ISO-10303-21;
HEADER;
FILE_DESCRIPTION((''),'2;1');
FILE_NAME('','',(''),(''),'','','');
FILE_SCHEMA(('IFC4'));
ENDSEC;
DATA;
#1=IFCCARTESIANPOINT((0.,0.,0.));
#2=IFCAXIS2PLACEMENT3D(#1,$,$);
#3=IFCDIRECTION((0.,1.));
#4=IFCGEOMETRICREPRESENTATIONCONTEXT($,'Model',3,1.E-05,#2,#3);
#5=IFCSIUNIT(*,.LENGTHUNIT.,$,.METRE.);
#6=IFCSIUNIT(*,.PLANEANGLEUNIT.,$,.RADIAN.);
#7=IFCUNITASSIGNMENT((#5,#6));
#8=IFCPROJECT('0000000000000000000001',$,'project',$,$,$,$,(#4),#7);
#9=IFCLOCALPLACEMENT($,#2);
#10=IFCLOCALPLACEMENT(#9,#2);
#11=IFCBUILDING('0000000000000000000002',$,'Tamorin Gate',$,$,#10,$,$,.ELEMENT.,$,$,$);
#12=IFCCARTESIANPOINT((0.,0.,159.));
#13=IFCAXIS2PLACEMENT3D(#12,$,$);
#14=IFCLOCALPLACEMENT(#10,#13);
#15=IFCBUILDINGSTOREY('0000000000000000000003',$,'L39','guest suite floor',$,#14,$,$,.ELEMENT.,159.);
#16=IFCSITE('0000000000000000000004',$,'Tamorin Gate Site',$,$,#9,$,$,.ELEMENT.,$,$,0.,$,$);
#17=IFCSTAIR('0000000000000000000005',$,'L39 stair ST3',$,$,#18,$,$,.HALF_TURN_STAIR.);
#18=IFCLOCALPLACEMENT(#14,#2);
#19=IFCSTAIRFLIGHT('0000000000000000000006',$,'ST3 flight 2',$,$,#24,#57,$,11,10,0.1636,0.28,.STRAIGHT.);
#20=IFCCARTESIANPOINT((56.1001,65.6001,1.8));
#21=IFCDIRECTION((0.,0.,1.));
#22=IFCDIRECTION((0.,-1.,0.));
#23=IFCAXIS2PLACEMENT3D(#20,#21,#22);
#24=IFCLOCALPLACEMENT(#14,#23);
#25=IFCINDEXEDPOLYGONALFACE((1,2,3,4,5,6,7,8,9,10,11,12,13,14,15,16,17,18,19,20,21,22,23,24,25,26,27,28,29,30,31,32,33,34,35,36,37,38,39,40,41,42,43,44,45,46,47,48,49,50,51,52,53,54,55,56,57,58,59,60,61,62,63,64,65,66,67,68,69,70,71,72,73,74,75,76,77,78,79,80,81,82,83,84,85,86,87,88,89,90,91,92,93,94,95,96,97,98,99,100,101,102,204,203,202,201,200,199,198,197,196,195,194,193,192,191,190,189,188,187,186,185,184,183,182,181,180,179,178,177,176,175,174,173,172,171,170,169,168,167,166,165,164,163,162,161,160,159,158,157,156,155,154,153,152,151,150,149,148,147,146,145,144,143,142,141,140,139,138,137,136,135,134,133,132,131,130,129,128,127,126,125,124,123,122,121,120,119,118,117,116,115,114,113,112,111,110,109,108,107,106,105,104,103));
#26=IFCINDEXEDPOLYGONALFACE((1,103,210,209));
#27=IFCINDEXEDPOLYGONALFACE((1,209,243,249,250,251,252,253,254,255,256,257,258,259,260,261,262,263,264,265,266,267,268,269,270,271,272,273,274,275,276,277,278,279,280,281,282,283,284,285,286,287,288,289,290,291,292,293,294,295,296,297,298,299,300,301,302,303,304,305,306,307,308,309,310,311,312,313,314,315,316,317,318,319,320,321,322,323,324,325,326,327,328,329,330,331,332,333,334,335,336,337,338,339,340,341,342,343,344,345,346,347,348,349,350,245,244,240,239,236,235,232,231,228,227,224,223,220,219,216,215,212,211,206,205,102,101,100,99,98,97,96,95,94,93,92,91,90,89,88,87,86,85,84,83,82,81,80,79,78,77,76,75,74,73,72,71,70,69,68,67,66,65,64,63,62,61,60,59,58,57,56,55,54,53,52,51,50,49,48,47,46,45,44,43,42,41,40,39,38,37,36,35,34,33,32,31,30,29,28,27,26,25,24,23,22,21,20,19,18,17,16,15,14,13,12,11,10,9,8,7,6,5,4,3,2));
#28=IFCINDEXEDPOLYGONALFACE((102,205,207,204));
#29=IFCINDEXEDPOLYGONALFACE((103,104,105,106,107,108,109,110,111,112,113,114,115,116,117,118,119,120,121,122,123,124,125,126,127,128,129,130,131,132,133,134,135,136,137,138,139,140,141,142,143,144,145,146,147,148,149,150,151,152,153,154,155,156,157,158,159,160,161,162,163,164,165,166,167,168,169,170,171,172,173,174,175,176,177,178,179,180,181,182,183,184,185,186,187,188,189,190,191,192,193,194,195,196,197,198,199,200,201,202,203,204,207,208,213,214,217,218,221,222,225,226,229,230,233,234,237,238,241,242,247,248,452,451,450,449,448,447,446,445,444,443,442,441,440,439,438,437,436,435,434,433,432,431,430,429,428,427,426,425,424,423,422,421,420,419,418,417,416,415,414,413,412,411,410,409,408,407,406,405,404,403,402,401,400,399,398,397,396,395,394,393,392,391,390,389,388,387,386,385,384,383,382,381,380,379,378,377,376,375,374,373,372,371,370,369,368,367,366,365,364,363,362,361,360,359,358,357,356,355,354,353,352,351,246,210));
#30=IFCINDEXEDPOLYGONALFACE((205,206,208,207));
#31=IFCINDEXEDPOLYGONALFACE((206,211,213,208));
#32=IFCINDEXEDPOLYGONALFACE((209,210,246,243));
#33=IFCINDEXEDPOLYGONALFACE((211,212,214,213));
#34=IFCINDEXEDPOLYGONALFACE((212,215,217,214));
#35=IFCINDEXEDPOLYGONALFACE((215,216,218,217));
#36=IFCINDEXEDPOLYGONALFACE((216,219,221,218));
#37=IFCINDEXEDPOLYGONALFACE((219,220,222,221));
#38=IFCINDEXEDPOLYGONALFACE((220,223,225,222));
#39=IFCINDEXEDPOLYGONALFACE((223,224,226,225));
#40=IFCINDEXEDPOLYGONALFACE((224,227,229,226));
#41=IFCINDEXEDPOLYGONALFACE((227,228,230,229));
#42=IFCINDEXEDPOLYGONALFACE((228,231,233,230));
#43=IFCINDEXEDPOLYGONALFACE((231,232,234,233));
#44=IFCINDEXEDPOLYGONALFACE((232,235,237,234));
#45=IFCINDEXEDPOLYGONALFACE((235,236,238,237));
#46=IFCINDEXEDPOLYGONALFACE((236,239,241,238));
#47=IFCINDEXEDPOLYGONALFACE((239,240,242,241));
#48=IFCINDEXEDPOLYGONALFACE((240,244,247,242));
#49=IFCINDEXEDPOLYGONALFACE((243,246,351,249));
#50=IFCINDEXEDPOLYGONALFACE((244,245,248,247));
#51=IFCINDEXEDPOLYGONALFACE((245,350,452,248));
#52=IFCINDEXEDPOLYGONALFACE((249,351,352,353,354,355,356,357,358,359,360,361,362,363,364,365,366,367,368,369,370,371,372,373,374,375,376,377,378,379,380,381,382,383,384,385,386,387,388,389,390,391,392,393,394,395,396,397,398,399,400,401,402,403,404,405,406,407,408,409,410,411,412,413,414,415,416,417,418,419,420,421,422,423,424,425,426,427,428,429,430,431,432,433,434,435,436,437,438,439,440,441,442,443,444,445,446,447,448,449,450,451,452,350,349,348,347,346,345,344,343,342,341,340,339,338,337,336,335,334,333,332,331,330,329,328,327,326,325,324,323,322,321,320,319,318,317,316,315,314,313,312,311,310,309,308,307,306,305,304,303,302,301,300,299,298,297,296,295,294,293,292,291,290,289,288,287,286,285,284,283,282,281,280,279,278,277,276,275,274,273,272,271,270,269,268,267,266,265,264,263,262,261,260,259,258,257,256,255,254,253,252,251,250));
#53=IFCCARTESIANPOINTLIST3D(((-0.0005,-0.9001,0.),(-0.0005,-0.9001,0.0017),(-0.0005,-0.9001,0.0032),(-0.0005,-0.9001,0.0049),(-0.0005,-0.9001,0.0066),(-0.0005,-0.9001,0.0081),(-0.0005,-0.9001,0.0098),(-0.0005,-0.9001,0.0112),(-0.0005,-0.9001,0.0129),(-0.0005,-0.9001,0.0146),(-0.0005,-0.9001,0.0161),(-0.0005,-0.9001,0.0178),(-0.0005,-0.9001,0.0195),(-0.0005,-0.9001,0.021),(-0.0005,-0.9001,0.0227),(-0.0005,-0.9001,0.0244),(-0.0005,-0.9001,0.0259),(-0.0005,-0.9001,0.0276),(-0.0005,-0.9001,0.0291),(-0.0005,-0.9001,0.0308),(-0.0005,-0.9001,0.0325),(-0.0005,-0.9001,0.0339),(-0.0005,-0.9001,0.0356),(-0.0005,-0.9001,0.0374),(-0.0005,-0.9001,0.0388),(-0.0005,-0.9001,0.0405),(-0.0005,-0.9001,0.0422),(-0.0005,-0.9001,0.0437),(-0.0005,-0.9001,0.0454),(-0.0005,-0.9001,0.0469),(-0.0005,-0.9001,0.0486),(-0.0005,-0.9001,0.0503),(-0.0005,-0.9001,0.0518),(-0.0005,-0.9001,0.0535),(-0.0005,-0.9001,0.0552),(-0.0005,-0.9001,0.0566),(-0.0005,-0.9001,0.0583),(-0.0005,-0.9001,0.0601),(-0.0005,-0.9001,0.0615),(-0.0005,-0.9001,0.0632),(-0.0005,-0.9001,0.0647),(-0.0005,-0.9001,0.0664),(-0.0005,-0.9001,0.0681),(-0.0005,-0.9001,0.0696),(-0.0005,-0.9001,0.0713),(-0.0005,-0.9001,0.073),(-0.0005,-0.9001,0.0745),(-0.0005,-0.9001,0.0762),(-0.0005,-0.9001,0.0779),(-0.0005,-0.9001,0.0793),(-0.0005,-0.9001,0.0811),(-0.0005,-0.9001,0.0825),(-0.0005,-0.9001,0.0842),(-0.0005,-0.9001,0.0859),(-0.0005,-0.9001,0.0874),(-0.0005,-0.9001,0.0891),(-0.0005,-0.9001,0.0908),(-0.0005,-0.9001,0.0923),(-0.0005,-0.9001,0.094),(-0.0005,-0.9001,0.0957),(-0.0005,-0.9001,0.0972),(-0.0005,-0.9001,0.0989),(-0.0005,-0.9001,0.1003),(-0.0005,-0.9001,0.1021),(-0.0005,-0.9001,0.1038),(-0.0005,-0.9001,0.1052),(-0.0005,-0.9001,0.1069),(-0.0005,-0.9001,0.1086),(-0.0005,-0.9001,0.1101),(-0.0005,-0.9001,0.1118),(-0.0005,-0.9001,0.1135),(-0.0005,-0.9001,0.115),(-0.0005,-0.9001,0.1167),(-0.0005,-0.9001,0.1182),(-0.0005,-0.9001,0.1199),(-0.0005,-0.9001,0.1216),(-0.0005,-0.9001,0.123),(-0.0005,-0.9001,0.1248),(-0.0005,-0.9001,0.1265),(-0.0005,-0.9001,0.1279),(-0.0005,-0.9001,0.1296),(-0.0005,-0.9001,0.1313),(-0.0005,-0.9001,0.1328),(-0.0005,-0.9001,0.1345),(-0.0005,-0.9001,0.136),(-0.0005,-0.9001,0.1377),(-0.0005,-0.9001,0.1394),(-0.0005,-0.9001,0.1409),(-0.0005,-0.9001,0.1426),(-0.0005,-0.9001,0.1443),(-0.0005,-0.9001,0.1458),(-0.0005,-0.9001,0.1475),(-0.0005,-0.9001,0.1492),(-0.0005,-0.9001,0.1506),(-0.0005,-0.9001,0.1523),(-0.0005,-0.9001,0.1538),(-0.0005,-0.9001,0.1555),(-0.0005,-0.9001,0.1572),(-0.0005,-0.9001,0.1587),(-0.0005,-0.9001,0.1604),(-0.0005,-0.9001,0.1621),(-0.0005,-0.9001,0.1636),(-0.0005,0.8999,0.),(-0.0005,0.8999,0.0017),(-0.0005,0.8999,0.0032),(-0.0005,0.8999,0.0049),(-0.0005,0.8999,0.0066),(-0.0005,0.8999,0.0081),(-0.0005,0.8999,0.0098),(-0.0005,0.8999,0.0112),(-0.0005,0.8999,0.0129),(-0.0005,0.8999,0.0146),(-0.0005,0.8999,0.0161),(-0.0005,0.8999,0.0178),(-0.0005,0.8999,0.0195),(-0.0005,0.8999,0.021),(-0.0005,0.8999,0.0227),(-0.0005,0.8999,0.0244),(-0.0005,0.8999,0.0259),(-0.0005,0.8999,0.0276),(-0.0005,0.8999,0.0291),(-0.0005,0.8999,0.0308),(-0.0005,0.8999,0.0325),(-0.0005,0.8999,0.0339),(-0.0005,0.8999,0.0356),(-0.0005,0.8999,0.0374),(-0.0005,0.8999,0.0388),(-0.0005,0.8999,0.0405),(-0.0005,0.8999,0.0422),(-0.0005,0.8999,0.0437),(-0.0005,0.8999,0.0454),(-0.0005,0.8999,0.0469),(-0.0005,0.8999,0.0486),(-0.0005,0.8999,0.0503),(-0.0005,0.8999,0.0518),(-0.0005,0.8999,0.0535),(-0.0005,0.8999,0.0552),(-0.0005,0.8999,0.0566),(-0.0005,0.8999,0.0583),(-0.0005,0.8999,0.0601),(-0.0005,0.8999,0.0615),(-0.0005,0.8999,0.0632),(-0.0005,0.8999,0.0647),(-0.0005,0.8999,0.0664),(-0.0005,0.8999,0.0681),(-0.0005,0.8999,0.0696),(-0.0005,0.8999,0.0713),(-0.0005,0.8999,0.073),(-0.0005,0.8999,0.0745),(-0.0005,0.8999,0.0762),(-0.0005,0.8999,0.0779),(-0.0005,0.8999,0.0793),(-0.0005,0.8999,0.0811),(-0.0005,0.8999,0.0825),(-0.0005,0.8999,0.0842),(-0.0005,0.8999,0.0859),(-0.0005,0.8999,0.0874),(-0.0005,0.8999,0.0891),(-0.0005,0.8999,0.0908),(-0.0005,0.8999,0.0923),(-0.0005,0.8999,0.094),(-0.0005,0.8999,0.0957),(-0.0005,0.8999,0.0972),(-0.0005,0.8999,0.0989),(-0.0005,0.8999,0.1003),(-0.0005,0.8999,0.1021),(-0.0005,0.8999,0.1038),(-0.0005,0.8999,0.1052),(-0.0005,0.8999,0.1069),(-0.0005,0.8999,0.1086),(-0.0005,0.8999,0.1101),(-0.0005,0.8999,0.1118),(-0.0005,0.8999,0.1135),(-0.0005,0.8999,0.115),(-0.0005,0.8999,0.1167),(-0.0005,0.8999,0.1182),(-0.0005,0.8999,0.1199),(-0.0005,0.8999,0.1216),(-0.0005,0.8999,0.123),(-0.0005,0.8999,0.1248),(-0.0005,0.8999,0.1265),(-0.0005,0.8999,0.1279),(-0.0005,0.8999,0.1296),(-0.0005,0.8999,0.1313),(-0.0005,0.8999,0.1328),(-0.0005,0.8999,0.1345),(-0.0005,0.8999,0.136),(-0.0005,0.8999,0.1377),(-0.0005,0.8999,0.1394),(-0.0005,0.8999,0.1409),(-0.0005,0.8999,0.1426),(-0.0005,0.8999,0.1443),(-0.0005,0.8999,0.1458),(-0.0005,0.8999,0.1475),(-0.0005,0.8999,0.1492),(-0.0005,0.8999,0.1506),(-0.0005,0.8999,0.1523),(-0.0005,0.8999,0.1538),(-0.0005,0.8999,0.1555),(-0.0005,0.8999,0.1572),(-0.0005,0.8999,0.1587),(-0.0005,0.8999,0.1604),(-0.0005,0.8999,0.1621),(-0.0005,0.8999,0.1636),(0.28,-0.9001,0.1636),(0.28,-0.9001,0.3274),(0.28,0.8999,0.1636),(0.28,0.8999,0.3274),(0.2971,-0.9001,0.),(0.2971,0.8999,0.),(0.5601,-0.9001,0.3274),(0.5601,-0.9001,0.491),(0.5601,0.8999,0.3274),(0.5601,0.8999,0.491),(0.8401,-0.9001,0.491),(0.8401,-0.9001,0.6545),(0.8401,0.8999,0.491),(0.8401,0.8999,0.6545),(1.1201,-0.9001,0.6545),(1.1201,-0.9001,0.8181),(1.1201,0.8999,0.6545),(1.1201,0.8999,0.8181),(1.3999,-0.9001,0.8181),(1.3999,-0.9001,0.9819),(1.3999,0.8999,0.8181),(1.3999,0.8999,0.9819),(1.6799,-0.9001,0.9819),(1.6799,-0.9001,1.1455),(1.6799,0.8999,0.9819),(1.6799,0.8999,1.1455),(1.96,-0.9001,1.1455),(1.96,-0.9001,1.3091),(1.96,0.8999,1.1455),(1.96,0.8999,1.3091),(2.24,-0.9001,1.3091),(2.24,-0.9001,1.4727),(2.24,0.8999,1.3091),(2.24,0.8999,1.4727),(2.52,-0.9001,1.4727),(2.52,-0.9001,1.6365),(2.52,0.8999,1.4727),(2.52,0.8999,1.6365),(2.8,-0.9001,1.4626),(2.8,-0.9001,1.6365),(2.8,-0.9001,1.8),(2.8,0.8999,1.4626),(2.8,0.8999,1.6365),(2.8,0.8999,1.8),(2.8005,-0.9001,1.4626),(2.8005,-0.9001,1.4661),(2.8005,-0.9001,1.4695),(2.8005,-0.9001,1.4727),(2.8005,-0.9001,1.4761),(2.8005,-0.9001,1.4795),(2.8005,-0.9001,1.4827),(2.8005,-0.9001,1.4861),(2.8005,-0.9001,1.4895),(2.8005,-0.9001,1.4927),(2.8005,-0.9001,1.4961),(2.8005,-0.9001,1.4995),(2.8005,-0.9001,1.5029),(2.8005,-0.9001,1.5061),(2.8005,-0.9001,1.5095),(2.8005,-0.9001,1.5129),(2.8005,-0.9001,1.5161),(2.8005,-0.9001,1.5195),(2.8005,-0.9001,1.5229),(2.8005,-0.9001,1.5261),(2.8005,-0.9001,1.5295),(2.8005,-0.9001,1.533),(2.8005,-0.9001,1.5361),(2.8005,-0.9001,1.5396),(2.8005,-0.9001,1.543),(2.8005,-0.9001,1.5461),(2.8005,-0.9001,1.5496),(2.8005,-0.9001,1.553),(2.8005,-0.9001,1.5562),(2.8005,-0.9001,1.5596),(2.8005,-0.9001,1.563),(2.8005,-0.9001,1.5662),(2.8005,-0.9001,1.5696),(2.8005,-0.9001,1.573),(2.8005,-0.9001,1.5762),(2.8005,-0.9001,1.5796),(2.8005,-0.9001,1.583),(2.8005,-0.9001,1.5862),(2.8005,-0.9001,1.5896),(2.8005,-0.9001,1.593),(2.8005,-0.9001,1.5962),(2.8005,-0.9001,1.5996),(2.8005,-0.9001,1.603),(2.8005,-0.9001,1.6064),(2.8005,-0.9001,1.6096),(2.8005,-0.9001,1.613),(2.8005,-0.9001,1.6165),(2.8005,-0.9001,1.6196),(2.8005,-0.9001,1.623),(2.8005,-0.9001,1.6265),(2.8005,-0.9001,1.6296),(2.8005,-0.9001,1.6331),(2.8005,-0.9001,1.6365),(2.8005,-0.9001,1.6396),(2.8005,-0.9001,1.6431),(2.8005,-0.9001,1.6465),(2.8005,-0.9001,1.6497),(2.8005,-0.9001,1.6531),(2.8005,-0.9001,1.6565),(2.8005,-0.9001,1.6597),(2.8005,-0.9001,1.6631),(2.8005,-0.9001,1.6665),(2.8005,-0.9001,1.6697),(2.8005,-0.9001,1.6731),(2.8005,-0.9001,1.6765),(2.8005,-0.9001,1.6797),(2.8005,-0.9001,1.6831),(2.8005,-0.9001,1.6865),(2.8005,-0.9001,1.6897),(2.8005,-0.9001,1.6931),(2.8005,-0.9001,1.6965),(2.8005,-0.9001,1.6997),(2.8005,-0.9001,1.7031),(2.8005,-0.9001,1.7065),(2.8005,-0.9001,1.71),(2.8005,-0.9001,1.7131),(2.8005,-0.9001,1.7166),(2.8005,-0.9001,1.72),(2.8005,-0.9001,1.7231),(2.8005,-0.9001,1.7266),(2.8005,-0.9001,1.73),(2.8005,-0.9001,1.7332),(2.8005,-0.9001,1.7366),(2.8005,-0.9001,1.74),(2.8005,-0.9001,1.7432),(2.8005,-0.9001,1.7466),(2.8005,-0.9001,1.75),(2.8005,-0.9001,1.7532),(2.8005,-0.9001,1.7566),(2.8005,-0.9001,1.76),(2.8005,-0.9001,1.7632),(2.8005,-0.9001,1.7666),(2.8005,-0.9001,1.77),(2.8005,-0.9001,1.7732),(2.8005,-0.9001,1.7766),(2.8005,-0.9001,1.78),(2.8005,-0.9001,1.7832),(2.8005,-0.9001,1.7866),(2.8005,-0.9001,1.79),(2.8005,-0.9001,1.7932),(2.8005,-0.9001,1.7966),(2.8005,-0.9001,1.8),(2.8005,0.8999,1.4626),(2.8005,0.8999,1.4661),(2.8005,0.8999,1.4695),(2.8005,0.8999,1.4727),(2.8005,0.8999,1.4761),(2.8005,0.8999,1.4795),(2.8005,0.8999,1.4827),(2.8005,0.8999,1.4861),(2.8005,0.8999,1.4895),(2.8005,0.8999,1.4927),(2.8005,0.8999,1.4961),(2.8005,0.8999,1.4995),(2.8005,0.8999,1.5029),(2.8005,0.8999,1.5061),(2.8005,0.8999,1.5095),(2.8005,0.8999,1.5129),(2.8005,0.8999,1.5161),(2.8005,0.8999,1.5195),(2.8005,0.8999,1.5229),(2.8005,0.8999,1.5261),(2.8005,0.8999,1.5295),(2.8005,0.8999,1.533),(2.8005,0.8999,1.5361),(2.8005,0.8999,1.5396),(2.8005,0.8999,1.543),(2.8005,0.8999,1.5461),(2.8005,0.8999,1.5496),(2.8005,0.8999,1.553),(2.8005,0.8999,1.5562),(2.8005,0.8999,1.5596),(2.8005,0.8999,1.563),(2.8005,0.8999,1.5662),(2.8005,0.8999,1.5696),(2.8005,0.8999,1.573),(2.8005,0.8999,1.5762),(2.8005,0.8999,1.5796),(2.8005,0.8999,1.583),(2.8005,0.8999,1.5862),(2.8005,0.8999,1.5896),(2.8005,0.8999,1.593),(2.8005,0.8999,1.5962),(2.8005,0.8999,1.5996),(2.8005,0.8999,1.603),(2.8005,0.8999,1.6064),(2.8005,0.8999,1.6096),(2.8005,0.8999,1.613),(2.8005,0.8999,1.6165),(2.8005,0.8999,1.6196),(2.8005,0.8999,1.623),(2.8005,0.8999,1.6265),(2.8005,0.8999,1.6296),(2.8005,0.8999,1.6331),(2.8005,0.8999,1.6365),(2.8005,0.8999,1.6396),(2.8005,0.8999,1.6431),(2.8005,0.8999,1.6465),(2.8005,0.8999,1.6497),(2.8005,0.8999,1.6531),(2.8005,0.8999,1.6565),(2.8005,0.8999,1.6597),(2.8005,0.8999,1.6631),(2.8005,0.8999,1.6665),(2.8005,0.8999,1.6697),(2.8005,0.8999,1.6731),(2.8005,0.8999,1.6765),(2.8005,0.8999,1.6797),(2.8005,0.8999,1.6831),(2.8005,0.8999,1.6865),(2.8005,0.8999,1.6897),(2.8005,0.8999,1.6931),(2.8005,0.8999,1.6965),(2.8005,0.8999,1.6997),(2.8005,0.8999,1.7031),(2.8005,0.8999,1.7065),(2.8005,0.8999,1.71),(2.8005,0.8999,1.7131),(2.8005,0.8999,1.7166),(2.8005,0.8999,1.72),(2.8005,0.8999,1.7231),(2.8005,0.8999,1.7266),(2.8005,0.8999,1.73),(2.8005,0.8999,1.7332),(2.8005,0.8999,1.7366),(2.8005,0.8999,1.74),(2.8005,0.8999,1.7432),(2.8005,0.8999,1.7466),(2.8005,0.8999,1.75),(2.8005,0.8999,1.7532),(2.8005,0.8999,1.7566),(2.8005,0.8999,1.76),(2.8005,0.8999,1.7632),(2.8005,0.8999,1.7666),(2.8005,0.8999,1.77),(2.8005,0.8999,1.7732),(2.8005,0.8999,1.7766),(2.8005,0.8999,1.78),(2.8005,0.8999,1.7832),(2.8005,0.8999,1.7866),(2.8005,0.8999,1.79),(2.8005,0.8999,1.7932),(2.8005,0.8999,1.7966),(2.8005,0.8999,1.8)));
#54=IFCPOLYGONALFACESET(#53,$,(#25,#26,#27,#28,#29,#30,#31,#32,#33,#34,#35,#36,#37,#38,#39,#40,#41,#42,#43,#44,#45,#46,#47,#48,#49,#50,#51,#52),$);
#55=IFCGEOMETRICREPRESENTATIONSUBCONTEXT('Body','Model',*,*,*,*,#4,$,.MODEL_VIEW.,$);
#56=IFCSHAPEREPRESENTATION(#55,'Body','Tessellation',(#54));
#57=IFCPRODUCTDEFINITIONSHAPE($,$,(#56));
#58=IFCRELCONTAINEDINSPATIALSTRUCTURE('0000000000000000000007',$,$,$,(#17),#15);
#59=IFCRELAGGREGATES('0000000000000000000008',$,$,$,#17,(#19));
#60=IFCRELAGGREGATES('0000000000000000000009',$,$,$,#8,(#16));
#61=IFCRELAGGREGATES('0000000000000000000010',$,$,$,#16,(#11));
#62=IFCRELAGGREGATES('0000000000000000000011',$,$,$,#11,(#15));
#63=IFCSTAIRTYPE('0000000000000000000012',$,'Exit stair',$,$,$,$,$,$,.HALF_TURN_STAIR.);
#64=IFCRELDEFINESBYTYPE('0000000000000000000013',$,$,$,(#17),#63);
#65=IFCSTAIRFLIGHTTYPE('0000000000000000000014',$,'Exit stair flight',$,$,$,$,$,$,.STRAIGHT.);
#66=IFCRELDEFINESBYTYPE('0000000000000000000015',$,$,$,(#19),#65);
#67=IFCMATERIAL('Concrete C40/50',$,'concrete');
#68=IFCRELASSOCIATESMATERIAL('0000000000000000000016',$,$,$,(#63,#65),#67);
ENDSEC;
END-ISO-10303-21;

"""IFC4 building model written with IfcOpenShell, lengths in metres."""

from ifc_helpers import new_model, si_unit, direction, frame, origin, place, context, subcontext, project, spatial, polyline, outline, extrude, material, type_object, element, aggregate, save


model = new_model("IFC4")

# Units and contexts
model_context = context("Model", 3, precision=1e-05, world=origin(), true_north=direction((0.0, 1.0)))
body_context = subcontext(model_context, "Body", "Model", "MODEL_VIEW")
ifc_project = project(units=[si_unit("LENGTHUNIT", "METRE"), si_unit("PLANEANGLEUNIT", "RADIAN")], contexts=[model_context])

# Site, building, storey
site_placement = place(None, origin())
site = spatial("IfcSite", under=ifc_project, at=site_placement, Name="Tamorin Gate Site", CompositionType="ELEMENT", RefElevation=0.0)
building_placement = place(site_placement, origin())
building = spatial("IfcBuilding", under=site, at=building_placement, Name="Tamorin Gate", CompositionType="ELEMENT")
storey_placement = place(building_placement, frame((0.0, 0.0, 159.0)))
storey = spatial("IfcBuildingStorey", under=building, at=storey_placement, Name="L39", Description="guest suite floor", CompositionType="ELEMENT", Elevation=159.0)

# Shared definitions
ifc_material_1 = material(Name="Concrete C40/50", Category="concrete")

# Stair, stair flight
stair_type = type_object("IfcStairType", Name="Exit stair", PredefinedType="HALF_TURN_STAIR", material=ifc_material_1)
stair_placement = place(storey_placement, origin())
stair = element("IfcStair", 1, at=stair_placement, inside=storey, type_object=stair_type, Name="L39 stair ST3", PredefinedType="HALF_TURN_STAIR")
stair_flight_type = type_object("IfcStairFlightType", Name="Exit stair flight", PredefinedType="STRAIGHT", material=ifc_material_1)
stair_flight_placement = place(storey_placement, frame((56.1001, 65.6001, 1.8), z_axis=(0.0, 0.0, 1.0), x_axis=(0.0, -1.0, 0.0)))
stair_flight = element("IfcStairFlight", 2, at=stair_flight_placement, type_object=stair_flight_type, Name="ST3 flight 2", NumberOfRisers=11, NumberOfTreads=10, PredefinedType="STRAIGHT", RiserHeight=0.1636, TreadLength=0.28, context=body_context, shape_type="SweptSolid", body=[
    extrude(outline(polyline([(-0.0005, 0.0), (-0.0005, 0.0017), (-0.0005, 0.0032), (-0.0005, 0.0049), (-0.0005, 0.0066), (-0.0005, 0.0081), (-0.0005, 0.0098), (-0.0005, 0.0112), (-0.0005, 0.0129), (-0.0005, 0.0146), (-0.0005, 0.0161), (-0.0005, 0.0178), (-0.0005, 0.0195), (-0.0005, 0.021), (-0.0005, 0.0227), (-0.0005, 0.0244), (-0.0005, 0.0259), (-0.0005, 0.0276), (-0.0005, 0.0291), (-0.0005, 0.0308), (-0.0005, 0.0325), (-0.0005, 0.0339), (-0.0005, 0.0356), (-0.0005, 0.0374), (-0.0005, 0.0388), (-0.0005, 0.0405), (-0.0005, 0.0422), (-0.0005, 0.0437), (-0.0005, 0.0454), (-0.0005, 0.0469), (-0.0005, 0.0486), (-0.0005, 0.0503), (-0.0005, 0.0518), (-0.0005, 0.0535), (-0.0005, 0.0552), (-0.0005, 0.0566), (-0.0005, 0.0583), (-0.0005, 0.0601), (-0.0005, 0.0615), (-0.0005, 0.0632), (-0.0005, 0.0647), (-0.0005, 0.0664), (-0.0005, 0.0681), (-0.0005, 0.0696), (-0.0005, 0.0713), (-0.0005, 0.073), (-0.0005, 0.0745), (-0.0005, 0.0762), (-0.0005, 0.0779), (-0.0005, 0.0793), (-0.0005, 0.0811), (-0.0005, 0.0825), (-0.0005, 0.0842), (-0.0005, 0.0859), (-0.0005, 0.0874), (-0.0005, 0.0891), (-0.0005, 0.0908), (-0.0005, 0.0923), (-0.0005, 0.094), (-0.0005, 0.0957), (-0.0005, 0.0972), (-0.0005, 0.0989), (-0.0005, 0.1003), (-0.0005, 0.1021), (-0.0005, 0.1038), (-0.0005, 0.1052), (-0.0005, 0.1069), (-0.0005, 0.1086), (-0.0005, 0.1101), (-0.0005, 0.1118), (-0.0005, 0.1135), (-0.0005, 0.115), (-0.0005, 0.1167), (-0.0005, 0.1182), (-0.0005, 0.1199), (-0.0005, 0.1216), (-0.0005, 0.123), (-0.0005, 0.1248), (-0.0005, 0.1265), (-0.0005, 0.1279), (-0.0005, 0.1296), (-0.0005, 0.1313), (-0.0005, 0.1328), (-0.0005, 0.1345), (-0.0005, 0.136), (-0.0005, 0.1377), (-0.0005, 0.1394), (-0.0005, 0.1409), (-0.0005, 0.1426), (-0.0005, 0.1443), (-0.0005, 0.1458), (-0.0005, 0.1475), (-0.0005, 0.1492), (-0.0005, 0.1506), (-0.0005, 0.1523), (-0.0005, 0.1538), (-0.0005, 0.1555), (-0.0005, 0.1572), (-0.0005, 0.1587), (-0.0005, 0.1604), (-0.0005, 0.1621), (-0.0005, 0.1636), (0.28, 0.1636), (0.28, 0.3274), (0.5601, 0.3274), (0.5601, 0.491), (0.8401, 0.491), (0.8401, 0.6545), (1.1201, 0.6545), (1.1201, 0.8181), (1.3999, 0.8181), (1.3999, 0.9819), (1.6799, 0.9819), (1.6799, 1.1455), (1.96, 1.1455), (1.96, 1.3091), (2.24, 1.3091), (2.24, 1.4727), (2.52, 1.4727), (2.52, 1.6365), (2.8, 1.6365), (2.8, 1.8), (2.8005, 1.8), (2.8005, 1.7966), (2.8005, 1.7932), (2.8005, 1.79), (2.8005, 1.7866), (2.8005, 1.7832), (2.8005, 1.78), (2.8005, 1.7766), (2.8005, 1.7732), (2.8005, 1.77), (2.8005, 1.7666), (2.8005, 1.7632), (2.8005, 1.76), (2.8005, 1.7566), (2.8005, 1.7532), (2.8005, 1.75), (2.8005, 1.7466), (2.8005, 1.7432), (2.8005, 1.74), (2.8005, 1.7366), (2.8005, 1.7332), (2.8005, 1.73), (2.8005, 1.7266), (2.8005, 1.7231), (2.8005, 1.72), (2.8005, 1.7166), (2.8005, 1.7131), (2.8005, 1.71), (2.8005, 1.7065), (2.8005, 1.7031), (2.8005, 1.6997), (2.8005, 1.6965), (2.8005, 1.6931), (2.8005, 1.6897), (2.8005, 1.6865), (2.8005, 1.6831), (2.8005, 1.6797), (2.8005, 1.6765), (2.8005, 1.6731), (2.8005, 1.6697), (2.8005, 1.6665), (2.8005, 1.6631), (2.8005, 1.6597), (2.8005, 1.6565), (2.8005, 1.6531), (2.8005, 1.6497), (2.8005, 1.6465), (2.8005, 1.6431), (2.8005, 1.6396), (2.8005, 1.6365), (2.8005, 1.6331), (2.8005, 1.6296), (2.8005, 1.6265), (2.8005, 1.623), (2.8005, 1.6196), (2.8005, 1.6165), (2.8005, 1.613), (2.8005, 1.6096), (2.8005, 1.6064), (2.8005, 1.603), (2.8005, 1.5996), (2.8005, 1.5962), (2.8005, 1.593), (2.8005, 1.5896), (2.8005, 1.5862), (2.8005, 1.583), (2.8005, 1.5796), (2.8005, 1.5762), (2.8005, 1.573), (2.8005, 1.5696), (2.8005, 1.5662), (2.8005, 1.563), (2.8005, 1.5596), (2.8005, 1.5562), (2.8005, 1.553), (2.8005, 1.5496), (2.8005, 1.5461), (2.8005, 1.543), (2.8005, 1.5396), (2.8005, 1.5361), (2.8005, 1.533), (2.8005, 1.5295), (2.8005, 1.5261), (2.8005, 1.5229), (2.8005, 1.5195), (2.8005, 1.5161), (2.8005, 1.5129), (2.8005, 1.5095), (2.8005, 1.5061), (2.8005, 1.5029), (2.8005, 1.4995), (2.8005, 1.4961), (2.8005, 1.4927), (2.8005, 1.4895), (2.8005, 1.4861), (2.8005, 1.4827), (2.8005, 1.4795), (2.8005, 1.4761), (2.8005, 1.4727), (2.8005, 1.4695), (2.8005, 1.4661), (2.8005, 1.4626), (2.8, 1.4626), (0.2971, 0.0), (-0.0005, 0.0)])), frame((0.0, 0.8999, 0.0), z_axis=(0.0, -1.0, 0.0), x_axis=(1.0, 0.0, 0.0)), (0.0, 0.0, 1.0), 1.8),
])
aggregate(stair, [stair_flight])

save(model, "model.ifc")
